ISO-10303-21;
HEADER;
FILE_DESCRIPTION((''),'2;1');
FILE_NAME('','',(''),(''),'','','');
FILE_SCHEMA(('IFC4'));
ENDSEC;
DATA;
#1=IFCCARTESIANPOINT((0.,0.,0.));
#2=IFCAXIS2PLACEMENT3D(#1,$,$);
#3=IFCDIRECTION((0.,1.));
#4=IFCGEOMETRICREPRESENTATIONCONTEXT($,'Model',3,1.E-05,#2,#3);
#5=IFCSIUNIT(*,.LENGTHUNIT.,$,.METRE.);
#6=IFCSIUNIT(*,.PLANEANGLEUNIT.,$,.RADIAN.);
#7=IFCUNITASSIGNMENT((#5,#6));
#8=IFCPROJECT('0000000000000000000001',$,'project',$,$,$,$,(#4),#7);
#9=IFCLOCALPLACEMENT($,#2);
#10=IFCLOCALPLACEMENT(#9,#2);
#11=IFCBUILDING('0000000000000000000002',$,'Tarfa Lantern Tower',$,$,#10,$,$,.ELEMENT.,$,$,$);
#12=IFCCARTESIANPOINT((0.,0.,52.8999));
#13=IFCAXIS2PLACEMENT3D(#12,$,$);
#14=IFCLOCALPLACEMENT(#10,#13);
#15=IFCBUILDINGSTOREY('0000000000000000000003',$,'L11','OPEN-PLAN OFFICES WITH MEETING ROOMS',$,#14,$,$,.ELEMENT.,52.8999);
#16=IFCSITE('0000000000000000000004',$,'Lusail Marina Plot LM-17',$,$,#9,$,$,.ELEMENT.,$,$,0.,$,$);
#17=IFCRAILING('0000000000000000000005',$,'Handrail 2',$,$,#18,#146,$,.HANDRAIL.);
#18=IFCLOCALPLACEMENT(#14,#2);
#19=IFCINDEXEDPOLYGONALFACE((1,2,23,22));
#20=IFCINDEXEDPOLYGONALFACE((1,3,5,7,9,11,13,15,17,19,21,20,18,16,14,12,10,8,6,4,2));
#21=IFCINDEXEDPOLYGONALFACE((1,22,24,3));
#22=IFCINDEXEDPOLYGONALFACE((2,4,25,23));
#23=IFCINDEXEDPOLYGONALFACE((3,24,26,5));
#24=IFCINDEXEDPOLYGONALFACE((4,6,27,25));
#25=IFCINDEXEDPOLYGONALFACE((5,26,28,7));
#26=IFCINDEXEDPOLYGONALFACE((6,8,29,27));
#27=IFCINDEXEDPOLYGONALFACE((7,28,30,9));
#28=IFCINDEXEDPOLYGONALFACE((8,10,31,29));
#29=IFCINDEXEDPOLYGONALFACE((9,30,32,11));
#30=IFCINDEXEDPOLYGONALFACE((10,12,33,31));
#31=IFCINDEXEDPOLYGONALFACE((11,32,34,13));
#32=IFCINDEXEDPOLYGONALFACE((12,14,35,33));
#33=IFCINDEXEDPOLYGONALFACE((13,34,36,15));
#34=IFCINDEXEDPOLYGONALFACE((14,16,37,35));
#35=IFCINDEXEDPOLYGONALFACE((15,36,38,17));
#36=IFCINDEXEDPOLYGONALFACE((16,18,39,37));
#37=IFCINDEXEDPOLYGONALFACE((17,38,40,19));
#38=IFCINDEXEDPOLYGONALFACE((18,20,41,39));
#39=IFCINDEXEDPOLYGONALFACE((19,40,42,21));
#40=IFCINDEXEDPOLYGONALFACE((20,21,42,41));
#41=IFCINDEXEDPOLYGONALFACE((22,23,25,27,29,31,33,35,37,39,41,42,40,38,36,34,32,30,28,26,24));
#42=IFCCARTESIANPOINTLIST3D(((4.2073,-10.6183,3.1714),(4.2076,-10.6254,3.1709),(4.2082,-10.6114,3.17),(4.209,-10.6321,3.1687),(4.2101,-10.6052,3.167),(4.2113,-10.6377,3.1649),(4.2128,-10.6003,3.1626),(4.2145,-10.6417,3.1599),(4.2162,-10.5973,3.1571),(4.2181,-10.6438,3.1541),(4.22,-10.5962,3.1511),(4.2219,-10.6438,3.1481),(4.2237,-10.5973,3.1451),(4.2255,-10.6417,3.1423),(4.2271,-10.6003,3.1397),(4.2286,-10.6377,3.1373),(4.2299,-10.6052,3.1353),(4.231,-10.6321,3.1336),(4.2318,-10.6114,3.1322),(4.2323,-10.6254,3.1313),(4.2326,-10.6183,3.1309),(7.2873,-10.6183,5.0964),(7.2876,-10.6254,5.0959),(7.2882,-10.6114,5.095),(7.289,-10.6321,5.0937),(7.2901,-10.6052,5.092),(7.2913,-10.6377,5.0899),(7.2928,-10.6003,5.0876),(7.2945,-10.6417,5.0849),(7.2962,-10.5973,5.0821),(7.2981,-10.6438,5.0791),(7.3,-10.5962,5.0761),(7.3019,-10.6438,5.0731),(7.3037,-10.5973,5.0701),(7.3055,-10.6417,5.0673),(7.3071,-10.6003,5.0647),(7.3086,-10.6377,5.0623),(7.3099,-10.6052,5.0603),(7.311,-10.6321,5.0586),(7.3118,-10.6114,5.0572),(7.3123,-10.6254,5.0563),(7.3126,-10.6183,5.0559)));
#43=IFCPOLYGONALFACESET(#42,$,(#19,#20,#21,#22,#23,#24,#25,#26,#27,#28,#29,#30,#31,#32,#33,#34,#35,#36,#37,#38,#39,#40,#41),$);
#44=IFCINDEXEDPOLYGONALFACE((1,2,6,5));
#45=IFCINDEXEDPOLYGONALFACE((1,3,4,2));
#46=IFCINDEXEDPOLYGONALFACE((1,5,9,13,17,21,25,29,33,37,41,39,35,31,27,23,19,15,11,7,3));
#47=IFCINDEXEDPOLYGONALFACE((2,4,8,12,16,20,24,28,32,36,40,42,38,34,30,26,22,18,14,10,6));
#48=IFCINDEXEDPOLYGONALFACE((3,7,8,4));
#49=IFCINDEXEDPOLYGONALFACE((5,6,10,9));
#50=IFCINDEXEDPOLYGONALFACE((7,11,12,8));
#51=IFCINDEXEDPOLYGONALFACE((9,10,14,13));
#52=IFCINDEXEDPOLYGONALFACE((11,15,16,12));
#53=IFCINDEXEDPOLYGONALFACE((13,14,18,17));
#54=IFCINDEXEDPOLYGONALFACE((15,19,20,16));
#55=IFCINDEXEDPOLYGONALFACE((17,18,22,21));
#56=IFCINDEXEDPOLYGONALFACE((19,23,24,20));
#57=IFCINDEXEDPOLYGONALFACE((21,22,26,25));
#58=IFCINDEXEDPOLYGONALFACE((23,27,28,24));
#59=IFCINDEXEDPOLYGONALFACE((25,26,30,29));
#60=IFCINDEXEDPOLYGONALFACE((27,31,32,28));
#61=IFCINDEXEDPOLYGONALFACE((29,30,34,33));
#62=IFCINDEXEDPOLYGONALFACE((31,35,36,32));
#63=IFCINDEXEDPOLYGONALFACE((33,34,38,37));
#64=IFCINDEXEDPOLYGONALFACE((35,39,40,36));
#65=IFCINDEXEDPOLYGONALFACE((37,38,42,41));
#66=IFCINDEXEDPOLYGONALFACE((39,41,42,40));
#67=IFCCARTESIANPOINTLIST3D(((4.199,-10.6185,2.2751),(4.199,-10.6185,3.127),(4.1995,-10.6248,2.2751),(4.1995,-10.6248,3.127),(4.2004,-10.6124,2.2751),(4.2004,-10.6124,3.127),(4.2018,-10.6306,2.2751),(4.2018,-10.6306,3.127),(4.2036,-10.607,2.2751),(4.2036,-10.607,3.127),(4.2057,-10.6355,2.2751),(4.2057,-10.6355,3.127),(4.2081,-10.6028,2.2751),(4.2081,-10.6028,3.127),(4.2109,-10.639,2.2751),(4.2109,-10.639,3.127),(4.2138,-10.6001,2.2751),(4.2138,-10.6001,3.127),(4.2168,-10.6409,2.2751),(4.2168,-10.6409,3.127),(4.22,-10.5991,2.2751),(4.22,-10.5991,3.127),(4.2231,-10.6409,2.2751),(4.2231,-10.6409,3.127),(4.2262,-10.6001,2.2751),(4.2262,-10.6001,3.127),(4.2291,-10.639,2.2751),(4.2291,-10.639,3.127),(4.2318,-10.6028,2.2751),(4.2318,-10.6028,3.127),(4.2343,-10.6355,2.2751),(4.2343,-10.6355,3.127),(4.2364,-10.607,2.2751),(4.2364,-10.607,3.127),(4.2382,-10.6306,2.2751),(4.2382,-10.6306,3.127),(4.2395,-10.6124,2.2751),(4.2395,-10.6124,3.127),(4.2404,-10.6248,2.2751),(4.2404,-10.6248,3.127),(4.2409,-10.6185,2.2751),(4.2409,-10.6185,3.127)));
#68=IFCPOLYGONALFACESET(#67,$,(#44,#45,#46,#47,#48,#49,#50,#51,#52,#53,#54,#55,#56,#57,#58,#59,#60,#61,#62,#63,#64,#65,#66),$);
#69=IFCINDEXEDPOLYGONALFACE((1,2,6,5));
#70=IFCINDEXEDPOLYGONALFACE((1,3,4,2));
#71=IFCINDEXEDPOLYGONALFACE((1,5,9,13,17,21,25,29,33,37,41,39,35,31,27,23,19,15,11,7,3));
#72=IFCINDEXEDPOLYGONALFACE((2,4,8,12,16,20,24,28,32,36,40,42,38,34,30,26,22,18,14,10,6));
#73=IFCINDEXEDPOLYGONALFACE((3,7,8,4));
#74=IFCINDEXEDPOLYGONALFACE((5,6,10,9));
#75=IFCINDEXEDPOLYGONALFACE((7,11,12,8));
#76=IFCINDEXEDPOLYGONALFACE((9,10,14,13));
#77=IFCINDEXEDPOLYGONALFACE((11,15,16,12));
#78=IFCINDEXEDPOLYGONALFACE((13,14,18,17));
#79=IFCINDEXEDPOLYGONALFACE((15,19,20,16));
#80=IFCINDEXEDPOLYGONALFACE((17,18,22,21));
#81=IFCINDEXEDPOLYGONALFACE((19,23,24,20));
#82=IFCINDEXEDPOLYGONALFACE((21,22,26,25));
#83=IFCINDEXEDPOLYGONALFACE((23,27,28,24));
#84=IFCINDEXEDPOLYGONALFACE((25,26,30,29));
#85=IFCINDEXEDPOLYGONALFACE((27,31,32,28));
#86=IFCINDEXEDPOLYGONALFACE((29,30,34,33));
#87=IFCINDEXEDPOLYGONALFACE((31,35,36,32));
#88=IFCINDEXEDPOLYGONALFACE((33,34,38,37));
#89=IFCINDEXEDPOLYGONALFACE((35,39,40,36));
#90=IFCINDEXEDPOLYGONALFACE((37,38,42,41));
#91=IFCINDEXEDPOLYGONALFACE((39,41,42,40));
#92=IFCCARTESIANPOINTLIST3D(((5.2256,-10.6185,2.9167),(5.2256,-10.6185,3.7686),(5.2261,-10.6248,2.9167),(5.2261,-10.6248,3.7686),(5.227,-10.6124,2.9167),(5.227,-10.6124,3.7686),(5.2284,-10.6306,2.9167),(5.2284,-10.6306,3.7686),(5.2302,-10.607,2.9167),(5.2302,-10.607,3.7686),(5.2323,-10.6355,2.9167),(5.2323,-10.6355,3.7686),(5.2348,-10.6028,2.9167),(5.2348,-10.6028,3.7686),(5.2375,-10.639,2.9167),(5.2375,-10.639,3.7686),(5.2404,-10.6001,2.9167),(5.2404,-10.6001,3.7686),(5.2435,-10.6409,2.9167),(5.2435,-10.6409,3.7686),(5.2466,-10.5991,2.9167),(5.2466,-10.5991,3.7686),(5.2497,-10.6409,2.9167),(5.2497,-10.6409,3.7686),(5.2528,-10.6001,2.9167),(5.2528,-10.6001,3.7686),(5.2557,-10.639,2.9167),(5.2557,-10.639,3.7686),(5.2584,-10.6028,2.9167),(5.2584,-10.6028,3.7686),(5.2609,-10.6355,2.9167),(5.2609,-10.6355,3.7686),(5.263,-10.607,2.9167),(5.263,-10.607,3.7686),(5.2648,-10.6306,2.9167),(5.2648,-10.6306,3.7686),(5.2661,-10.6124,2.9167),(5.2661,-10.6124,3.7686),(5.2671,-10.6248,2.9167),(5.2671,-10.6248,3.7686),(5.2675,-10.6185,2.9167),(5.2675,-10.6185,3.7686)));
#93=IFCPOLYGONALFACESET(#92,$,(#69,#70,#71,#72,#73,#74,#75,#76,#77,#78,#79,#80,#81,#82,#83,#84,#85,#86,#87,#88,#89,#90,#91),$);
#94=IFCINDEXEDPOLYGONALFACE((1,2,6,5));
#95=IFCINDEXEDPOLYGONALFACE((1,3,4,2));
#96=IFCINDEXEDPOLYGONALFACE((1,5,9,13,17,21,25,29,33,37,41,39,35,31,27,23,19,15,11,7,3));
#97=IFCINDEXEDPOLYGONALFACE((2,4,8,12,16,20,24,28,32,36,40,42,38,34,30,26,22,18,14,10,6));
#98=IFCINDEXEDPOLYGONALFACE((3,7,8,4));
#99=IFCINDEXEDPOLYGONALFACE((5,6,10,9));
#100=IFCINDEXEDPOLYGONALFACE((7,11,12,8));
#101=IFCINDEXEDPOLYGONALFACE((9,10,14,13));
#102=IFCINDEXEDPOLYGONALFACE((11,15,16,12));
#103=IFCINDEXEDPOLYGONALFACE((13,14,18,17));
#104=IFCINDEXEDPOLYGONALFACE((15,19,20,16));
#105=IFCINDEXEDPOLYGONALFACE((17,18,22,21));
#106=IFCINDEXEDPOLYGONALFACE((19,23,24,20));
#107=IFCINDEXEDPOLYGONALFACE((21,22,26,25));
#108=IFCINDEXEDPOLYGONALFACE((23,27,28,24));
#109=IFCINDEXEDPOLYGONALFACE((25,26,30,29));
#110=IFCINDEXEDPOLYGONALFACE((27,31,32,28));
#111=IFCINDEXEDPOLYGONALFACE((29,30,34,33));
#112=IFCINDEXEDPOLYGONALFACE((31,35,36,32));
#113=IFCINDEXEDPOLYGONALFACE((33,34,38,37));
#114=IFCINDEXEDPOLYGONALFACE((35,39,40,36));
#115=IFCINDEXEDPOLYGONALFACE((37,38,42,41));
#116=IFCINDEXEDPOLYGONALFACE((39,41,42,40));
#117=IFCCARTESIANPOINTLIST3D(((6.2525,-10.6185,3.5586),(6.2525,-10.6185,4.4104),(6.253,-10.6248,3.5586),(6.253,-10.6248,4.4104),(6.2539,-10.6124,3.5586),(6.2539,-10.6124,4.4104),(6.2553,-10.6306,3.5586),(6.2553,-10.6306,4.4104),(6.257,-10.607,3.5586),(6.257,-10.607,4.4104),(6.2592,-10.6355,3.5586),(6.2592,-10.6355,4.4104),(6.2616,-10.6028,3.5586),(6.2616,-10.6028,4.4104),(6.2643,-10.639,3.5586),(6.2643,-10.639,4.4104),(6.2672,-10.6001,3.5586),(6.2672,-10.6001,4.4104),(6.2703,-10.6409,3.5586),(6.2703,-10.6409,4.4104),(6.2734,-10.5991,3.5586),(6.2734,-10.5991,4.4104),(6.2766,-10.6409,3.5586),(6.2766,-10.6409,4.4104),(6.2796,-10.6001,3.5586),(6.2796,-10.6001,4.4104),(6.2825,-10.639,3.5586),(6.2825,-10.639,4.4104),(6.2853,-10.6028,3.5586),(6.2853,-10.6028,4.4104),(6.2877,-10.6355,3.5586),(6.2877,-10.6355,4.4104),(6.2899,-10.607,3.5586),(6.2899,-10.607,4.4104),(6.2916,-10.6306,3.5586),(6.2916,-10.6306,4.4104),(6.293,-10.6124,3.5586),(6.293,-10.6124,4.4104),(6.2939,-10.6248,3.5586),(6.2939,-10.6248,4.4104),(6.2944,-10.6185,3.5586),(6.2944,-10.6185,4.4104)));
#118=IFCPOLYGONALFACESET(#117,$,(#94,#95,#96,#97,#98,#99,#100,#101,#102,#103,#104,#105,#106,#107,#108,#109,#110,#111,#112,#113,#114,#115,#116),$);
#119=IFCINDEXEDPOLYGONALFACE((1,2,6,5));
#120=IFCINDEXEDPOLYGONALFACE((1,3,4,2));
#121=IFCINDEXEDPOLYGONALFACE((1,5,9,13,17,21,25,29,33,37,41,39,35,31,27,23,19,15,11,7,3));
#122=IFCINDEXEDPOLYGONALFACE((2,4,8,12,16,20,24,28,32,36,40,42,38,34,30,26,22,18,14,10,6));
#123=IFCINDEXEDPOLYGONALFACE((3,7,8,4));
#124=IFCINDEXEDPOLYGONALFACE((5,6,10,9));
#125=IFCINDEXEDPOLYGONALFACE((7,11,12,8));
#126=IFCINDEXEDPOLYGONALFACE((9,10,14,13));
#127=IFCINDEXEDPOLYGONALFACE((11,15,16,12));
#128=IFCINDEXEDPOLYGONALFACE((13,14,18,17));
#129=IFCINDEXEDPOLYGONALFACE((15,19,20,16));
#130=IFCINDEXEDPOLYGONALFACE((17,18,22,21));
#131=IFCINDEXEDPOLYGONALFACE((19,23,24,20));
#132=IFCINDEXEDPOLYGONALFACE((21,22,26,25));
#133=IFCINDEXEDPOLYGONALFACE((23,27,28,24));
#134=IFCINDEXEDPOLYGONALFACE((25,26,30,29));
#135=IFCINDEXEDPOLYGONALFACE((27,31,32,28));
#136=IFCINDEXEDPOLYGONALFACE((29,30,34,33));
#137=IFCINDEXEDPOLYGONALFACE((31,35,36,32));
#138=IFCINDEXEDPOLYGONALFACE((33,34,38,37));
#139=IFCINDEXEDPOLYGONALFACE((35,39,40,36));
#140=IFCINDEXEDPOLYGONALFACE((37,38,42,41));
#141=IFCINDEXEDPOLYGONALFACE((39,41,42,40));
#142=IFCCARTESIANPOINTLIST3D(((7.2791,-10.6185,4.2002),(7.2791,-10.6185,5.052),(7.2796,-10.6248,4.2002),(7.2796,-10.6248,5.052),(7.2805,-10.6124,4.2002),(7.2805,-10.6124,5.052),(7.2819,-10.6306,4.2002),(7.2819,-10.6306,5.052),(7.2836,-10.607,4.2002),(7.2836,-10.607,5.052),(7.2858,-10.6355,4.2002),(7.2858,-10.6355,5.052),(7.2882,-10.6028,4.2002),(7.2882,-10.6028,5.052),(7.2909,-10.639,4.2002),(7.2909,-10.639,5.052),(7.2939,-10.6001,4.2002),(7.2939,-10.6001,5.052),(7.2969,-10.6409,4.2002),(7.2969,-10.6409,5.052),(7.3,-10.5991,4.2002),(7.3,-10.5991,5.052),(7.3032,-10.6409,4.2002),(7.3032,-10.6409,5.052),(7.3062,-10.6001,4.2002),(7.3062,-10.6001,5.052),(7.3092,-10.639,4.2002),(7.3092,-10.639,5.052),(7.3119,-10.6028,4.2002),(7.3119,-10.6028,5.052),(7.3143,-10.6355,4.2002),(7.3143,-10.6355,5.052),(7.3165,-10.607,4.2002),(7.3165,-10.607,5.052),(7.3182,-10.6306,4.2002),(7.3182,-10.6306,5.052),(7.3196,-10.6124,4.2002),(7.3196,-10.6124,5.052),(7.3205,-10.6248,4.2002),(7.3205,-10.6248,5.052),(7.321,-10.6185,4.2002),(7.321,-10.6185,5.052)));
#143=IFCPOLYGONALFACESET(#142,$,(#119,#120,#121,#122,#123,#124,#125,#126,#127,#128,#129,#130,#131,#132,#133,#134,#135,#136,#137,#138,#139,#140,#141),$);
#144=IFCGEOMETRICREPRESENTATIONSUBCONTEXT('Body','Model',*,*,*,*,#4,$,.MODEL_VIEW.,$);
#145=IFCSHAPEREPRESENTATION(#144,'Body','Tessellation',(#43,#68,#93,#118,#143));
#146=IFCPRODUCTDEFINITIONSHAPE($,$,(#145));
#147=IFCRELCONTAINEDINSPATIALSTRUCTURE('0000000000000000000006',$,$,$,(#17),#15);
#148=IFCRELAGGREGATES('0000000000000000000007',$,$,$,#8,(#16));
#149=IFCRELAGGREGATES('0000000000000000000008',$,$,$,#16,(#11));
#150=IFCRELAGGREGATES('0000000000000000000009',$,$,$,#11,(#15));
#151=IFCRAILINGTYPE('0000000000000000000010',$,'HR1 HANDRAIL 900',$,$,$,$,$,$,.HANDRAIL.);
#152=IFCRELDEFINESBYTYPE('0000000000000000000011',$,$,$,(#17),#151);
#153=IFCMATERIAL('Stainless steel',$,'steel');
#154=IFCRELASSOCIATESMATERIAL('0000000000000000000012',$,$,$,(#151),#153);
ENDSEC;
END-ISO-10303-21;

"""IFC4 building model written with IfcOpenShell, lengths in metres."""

from ifc_helpers import new_model, si_unit, direction, frame, origin, origin_2d, place, context, subcontext, project, spatial, circle, extrude, material, type_object, element, save


model = new_model("IFC4")

# Units and contexts
model_context = context("Model", 3, precision=1e-05, world=origin(), true_north=direction((0.0, 1.0)))
body_context = subcontext(model_context, "Body", "Model", "MODEL_VIEW")
ifc_project = project(units=[si_unit("LENGTHUNIT", "METRE"), si_unit("PLANEANGLEUNIT", "RADIAN")], contexts=[model_context])

# Site, building, storey
site_placement = place(None, origin())
site = spatial("IfcSite", under=ifc_project, at=site_placement, Name="Lusail Marina Plot LM-17", CompositionType="ELEMENT", RefElevation=0.0)
building_placement = place(site_placement, origin())
building = spatial("IfcBuilding", under=site, at=building_placement, Name="Tarfa Lantern Tower", CompositionType="ELEMENT")
storey_placement = place(building_placement, frame((0.0, 0.0, 52.8999)))
storey = spatial("IfcBuildingStorey", under=building, at=storey_placement, Name="L11", Description="OPEN-PLAN OFFICES WITH MEETING ROOMS", CompositionType="ELEMENT", Elevation=52.8999)

# Railing
ifc_material_1 = material(Name="Stainless steel", Category="steel")
railing_type = type_object("IfcRailingType", Name="HR1 HANDRAIL 900", PredefinedType="HANDRAIL", material=ifc_material_1)
railing_1_placement = place(storey_placement, frame((4.22, -10.6201, 2.2751)))
element("IfcRailing", 1, at=railing_1_placement, inside=storey, type_object=railing_type, Name="Handrail 2", PredefinedType="HANDRAIL", context=body_context, shape_type="SweptSolid", body=[
    extrude(circle(Radius=0.0239, at=origin_2d()), frame((0.0, 0.0, 0.876), z_axis=(0.847998, 0.0, 0.529999), x_axis=(0.0, 1.0, 0.0)), (0.0, 0.0, 1.0), 3.6321),
    extrude(circle(Radius=0.021, at=origin_2d()), frame((0.0, 0.0, 0.0), z_axis=(0.0, 0.0, 1.0), x_axis=(0.0, 1.0, 0.0)), (0.0, 0.0, 1.0), 0.8518),
    extrude(circle(Radius=0.021, at=origin_2d()), frame((1.0266, 0.0, 0.6416), z_axis=(0.0, 0.0, 1.0), x_axis=(0.0, 1.0, 0.0)), (0.0, 0.0, 1.0), 0.8518),
    extrude(circle(Radius=0.021, at=origin_2d()), frame((2.0535, 0.0, 1.2834), z_axis=(0.0, 0.0, 1.0), x_axis=(0.0, 1.0, 0.0)), (0.0, 0.0, 1.0), 0.8518),
    extrude(circle(Radius=0.021, at=origin_2d()), frame((3.0801, 0.0, 1.925), z_axis=(0.0, 0.0, 1.0), x_axis=(0.0, 1.0, 0.0)), (0.0, 0.0, 1.0), 0.8518),
])

save(model, "model.ifc")
